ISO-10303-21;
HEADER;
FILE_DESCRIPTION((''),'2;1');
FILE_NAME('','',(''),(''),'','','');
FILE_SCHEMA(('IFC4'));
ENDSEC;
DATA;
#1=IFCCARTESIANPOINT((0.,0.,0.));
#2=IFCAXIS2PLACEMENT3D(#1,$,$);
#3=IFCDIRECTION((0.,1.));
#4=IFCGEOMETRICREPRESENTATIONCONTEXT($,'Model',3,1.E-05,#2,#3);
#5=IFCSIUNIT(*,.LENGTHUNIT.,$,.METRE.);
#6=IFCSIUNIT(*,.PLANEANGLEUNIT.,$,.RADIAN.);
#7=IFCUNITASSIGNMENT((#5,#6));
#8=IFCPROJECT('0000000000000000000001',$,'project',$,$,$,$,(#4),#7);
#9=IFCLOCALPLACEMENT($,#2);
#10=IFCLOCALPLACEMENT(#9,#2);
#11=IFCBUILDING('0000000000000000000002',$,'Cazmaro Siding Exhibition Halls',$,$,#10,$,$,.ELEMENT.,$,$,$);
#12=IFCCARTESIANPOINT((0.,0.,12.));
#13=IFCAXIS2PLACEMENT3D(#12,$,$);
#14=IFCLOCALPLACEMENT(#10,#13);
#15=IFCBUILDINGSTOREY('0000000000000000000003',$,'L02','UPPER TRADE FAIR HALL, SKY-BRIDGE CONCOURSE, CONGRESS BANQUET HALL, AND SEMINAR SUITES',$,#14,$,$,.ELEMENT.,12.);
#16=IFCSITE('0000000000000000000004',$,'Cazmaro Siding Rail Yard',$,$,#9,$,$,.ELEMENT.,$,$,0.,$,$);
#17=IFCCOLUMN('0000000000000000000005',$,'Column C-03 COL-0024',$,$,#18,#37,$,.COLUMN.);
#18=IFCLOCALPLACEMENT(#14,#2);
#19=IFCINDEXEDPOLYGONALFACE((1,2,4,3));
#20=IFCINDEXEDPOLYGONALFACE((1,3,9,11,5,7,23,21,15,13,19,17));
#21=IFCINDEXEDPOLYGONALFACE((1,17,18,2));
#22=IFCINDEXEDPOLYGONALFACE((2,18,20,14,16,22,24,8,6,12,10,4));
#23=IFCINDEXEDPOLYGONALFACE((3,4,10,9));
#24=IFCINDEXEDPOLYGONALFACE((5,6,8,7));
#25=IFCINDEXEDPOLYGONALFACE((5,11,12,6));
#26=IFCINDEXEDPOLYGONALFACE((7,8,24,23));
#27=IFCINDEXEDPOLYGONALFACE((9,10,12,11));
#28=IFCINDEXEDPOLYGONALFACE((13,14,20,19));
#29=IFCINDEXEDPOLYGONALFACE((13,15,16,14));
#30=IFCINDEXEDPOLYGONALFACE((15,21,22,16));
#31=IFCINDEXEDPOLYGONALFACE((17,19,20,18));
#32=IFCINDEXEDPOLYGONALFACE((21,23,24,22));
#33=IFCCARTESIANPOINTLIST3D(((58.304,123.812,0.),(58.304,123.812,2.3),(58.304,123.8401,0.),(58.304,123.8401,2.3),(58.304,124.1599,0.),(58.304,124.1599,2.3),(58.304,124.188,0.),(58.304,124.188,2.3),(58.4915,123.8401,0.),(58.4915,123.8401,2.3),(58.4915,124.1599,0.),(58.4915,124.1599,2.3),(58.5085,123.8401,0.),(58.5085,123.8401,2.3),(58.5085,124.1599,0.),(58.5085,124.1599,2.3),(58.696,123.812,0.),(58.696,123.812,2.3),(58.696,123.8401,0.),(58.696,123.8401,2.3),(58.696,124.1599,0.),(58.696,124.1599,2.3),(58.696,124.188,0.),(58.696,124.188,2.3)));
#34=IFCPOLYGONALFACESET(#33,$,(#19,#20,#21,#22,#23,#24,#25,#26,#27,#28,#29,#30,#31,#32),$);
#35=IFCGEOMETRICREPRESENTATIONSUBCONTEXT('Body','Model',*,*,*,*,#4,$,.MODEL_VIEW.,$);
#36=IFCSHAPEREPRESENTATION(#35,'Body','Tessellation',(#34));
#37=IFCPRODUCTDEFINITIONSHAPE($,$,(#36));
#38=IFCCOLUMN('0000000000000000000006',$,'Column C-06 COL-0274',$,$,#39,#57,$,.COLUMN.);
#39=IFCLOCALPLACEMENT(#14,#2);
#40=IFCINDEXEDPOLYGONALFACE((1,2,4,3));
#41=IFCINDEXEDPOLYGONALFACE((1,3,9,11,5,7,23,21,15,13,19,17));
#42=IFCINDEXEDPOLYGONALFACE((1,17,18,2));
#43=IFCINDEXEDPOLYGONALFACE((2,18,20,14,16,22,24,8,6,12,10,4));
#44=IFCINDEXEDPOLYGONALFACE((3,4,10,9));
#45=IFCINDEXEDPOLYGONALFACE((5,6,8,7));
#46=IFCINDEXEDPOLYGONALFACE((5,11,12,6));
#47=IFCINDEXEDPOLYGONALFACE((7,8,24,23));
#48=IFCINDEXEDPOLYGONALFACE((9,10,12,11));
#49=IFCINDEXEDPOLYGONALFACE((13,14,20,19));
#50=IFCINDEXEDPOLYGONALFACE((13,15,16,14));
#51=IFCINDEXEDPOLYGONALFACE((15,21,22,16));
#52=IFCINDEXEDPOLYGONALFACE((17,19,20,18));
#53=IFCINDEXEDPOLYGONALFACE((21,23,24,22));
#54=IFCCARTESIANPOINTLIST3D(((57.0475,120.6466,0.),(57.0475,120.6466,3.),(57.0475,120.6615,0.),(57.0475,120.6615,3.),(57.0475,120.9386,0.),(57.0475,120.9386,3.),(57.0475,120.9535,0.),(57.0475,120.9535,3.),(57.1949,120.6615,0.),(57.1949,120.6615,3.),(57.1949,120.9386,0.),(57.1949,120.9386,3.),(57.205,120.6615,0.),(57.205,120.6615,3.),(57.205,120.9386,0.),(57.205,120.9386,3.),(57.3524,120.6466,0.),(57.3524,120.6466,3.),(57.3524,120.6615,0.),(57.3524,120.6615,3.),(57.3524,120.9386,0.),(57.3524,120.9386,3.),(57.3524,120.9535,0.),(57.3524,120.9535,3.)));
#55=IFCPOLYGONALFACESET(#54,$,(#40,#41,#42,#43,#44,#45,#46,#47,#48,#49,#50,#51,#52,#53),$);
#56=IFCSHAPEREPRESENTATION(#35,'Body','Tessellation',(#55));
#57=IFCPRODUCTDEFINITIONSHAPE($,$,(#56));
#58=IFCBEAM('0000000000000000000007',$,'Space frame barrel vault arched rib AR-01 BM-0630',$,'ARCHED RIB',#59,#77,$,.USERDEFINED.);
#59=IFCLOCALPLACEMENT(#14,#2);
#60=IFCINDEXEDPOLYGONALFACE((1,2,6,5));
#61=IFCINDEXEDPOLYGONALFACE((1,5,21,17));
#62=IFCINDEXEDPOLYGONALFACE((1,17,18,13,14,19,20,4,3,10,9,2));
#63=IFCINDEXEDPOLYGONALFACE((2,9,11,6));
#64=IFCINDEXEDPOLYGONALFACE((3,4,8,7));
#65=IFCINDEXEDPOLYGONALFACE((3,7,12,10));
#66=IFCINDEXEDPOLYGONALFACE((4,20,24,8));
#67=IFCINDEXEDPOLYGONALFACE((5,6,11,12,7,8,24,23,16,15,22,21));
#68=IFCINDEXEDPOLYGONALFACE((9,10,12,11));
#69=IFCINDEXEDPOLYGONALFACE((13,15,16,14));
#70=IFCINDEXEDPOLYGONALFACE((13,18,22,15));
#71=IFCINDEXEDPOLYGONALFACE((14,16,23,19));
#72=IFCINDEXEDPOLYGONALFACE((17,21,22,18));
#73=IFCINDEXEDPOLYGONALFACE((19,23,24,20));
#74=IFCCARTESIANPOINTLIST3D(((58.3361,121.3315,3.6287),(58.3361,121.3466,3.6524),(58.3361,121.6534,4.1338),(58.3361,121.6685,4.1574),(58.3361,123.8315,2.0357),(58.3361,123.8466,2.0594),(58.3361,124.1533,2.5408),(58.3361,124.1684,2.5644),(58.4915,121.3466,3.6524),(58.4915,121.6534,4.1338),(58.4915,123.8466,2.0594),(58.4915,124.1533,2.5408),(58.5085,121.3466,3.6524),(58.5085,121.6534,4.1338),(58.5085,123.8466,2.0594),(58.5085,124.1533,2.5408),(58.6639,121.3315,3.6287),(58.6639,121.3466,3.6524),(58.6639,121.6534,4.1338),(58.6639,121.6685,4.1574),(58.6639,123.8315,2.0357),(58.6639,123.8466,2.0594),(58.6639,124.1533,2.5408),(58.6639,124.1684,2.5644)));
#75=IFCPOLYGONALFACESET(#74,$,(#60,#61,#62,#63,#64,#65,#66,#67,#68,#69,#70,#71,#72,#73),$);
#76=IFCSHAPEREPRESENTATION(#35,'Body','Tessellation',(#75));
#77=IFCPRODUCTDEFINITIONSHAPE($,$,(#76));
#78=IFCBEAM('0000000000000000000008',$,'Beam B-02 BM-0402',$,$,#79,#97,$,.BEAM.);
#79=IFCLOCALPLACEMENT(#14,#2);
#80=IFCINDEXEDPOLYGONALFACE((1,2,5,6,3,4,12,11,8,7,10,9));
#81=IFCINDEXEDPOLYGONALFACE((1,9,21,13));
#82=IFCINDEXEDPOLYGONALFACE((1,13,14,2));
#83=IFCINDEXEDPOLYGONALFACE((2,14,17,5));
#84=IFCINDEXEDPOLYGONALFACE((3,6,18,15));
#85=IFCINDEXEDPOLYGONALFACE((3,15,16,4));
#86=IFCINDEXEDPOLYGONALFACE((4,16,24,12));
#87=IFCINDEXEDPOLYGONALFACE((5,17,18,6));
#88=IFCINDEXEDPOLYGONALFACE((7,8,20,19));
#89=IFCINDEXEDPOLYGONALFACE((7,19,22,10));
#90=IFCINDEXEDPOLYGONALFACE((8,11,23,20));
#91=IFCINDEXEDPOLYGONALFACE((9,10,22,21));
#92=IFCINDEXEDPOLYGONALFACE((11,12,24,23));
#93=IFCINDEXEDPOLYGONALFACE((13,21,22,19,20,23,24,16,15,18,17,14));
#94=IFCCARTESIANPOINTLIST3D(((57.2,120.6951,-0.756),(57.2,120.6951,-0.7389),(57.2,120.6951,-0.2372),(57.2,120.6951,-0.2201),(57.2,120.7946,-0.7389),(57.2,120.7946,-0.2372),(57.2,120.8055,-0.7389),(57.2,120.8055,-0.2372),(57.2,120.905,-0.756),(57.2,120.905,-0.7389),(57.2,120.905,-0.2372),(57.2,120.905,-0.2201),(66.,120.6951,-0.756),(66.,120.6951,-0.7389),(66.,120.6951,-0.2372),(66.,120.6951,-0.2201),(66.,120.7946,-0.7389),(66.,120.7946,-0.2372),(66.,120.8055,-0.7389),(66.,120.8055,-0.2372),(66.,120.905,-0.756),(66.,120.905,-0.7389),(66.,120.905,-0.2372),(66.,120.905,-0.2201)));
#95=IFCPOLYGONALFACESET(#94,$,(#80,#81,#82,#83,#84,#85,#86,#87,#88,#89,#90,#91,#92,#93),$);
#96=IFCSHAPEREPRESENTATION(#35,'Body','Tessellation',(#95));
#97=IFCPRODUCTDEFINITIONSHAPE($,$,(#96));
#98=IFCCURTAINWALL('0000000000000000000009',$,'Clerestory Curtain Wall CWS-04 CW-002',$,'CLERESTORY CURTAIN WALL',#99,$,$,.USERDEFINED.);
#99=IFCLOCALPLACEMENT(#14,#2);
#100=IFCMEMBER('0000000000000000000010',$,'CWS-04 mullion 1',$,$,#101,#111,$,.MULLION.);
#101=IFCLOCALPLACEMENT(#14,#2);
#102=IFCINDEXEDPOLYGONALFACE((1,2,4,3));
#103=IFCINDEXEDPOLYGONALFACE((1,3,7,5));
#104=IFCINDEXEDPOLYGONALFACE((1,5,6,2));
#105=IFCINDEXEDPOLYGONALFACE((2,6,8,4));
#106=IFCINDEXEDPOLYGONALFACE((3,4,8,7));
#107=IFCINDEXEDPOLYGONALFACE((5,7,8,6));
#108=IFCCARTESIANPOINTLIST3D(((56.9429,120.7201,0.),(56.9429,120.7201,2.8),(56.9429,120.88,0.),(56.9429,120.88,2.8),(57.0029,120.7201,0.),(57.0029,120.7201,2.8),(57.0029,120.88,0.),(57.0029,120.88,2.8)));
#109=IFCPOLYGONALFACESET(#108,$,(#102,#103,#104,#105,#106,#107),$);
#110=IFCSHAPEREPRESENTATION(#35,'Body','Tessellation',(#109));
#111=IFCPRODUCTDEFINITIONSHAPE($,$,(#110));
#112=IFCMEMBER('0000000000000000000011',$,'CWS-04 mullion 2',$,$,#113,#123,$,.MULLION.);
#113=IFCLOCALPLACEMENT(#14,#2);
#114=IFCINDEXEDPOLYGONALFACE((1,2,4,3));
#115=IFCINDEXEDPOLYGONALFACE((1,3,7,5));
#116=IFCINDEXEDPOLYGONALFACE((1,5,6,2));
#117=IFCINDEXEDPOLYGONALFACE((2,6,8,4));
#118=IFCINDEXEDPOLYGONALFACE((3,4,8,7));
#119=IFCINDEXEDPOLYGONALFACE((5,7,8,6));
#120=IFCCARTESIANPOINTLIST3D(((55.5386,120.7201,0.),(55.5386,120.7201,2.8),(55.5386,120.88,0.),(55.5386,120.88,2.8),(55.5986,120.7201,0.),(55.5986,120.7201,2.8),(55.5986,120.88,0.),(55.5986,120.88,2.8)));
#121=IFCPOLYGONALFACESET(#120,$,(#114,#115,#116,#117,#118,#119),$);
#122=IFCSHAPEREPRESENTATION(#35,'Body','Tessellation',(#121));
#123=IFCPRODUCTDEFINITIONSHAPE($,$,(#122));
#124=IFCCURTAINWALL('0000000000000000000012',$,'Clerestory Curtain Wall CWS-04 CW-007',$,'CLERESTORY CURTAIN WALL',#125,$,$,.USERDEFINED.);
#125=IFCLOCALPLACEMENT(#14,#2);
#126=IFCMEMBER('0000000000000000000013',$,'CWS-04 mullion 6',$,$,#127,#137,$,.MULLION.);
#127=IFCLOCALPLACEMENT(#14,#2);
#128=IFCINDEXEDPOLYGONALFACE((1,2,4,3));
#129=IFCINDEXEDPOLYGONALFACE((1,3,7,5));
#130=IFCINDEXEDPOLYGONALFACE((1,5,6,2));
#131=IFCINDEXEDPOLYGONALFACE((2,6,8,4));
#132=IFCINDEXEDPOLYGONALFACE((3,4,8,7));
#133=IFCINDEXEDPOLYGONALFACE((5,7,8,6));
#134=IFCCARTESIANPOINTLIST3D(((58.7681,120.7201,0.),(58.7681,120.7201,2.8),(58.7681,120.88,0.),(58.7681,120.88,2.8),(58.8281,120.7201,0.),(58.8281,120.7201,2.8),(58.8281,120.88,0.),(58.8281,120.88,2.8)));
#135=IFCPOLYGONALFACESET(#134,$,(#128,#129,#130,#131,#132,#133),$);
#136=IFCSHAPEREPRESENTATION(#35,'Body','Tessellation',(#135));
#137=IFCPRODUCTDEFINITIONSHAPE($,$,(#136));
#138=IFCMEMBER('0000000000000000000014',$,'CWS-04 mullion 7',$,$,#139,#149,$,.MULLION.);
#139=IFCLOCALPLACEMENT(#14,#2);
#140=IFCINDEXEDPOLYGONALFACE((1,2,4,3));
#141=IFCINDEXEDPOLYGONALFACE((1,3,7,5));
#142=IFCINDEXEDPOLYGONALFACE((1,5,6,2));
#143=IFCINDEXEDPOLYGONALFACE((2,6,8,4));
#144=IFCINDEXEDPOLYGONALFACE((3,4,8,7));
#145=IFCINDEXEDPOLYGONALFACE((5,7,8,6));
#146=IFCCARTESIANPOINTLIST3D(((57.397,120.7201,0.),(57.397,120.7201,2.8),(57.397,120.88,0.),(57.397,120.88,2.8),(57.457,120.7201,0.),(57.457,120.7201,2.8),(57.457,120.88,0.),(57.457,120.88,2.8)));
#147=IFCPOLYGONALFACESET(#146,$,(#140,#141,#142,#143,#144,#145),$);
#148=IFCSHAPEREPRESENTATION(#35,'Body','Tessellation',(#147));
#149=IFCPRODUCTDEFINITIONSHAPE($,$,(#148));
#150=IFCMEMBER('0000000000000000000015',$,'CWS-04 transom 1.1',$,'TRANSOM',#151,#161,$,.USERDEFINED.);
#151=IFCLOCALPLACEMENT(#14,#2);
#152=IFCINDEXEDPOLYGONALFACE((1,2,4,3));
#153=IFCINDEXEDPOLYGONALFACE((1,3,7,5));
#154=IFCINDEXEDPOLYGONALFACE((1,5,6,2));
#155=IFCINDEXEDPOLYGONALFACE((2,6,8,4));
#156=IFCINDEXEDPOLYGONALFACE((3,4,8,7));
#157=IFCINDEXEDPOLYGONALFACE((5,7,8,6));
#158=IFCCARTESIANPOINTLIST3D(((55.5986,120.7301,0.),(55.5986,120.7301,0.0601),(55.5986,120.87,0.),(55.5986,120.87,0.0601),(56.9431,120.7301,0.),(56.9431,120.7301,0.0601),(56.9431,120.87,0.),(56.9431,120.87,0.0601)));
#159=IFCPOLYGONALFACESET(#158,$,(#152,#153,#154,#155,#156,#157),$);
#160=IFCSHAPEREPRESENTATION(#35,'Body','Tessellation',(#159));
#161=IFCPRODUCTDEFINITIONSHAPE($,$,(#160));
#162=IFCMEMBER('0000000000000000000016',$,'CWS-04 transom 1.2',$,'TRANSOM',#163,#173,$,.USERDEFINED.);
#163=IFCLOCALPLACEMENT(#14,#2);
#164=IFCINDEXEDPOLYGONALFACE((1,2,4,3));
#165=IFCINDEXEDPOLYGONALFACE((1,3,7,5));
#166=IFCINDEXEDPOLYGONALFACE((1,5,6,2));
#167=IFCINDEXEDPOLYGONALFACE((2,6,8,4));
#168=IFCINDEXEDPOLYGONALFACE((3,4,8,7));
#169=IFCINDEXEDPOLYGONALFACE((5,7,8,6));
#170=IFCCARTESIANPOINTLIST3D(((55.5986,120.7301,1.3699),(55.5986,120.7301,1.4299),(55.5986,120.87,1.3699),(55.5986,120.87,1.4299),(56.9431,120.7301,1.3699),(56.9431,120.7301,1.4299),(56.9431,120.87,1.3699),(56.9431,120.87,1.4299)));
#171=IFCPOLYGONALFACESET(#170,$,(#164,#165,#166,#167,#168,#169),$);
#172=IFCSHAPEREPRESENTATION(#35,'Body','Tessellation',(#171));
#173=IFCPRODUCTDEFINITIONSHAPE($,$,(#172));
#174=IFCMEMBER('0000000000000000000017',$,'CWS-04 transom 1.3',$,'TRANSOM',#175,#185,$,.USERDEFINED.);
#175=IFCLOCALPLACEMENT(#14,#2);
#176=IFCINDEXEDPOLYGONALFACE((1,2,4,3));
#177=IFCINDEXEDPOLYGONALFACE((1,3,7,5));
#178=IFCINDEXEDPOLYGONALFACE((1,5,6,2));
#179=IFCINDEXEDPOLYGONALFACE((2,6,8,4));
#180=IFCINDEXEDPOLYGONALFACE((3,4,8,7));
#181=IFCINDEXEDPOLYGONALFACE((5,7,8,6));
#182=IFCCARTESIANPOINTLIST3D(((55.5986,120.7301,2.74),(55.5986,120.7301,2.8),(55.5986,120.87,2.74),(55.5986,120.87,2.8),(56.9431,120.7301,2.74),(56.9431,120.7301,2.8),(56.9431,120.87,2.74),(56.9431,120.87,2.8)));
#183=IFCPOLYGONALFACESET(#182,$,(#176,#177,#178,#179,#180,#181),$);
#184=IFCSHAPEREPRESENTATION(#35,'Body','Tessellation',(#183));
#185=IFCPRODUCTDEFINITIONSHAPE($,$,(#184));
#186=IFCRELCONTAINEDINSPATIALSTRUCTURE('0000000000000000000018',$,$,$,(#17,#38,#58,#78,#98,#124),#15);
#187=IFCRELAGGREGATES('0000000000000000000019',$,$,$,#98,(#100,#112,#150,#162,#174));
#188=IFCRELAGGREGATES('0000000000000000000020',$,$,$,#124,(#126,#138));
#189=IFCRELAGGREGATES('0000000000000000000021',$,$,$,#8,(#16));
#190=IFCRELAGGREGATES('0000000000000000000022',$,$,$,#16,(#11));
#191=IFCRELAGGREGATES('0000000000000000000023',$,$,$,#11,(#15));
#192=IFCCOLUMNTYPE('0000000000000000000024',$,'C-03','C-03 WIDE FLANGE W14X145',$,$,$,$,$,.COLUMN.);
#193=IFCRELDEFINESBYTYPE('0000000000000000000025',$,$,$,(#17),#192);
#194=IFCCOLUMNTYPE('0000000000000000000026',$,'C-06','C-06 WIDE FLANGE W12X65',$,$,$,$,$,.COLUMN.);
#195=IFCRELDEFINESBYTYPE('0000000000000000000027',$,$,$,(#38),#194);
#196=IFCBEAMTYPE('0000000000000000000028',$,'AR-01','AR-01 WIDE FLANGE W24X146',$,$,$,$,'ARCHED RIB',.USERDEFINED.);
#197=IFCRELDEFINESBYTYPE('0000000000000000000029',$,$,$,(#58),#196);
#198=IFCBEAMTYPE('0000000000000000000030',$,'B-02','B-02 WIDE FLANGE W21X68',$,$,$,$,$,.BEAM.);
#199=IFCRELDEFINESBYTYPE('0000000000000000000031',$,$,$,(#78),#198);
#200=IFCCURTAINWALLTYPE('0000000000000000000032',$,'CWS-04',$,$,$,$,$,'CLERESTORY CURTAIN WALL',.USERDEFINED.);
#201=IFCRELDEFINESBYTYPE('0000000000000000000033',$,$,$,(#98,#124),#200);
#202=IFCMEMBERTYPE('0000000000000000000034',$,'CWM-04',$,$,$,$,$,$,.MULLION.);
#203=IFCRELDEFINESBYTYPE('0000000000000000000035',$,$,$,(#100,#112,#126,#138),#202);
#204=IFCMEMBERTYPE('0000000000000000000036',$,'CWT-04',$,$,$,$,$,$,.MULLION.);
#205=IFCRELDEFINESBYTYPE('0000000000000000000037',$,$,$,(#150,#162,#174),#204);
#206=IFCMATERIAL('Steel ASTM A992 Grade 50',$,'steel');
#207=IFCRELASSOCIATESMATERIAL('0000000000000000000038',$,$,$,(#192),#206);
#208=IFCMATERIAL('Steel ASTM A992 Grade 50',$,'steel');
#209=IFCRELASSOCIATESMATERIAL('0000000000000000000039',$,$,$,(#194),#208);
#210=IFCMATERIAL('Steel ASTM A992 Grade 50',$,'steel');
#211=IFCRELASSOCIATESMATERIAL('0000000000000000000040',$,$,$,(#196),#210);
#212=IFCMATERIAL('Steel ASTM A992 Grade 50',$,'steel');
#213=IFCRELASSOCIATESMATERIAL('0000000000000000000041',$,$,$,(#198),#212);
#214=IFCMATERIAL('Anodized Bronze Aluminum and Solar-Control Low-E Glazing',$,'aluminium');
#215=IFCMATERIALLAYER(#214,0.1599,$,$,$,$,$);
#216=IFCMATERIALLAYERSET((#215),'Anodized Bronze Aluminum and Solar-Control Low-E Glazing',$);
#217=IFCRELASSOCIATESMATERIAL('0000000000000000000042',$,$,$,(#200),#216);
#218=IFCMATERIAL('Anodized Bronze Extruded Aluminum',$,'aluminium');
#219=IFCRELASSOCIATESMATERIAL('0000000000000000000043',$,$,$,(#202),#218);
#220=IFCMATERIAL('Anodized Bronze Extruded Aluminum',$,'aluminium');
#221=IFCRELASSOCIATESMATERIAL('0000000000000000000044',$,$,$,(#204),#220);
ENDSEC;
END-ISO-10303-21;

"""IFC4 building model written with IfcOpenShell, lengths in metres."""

from ifc_helpers import new_model, si_unit, direction, frame, origin, origin_2d, place, context, subcontext, project, spatial, rectangle, i_section, extrude, material, layer, layer_set, material_profile, profile_set, type_object, element, aggregate, save


model = new_model("IFC4")

# Units and contexts
model_context = context("Model", 3, precision=1e-05, world=origin(), true_north=direction((0.0, 1.0)))
body_context = subcontext(model_context, "Body", "Model", "MODEL_VIEW")
ifc_project = project(units=[si_unit("LENGTHUNIT", "METRE"), si_unit("PLANEANGLEUNIT", "RADIAN")], contexts=[model_context])

# Site, building, storey
site_placement = place(None, origin())
site = spatial("IfcSite", under=ifc_project, at=site_placement, Name="Cazmaro Siding Rail Yard", CompositionType="ELEMENT", RefElevation=0.0)
building_placement = place(site_placement, origin())
building = spatial("IfcBuilding", under=site, at=building_placement, Name="Cazmaro Siding Exhibition Halls", CompositionType="ELEMENT")
storey_placement = place(building_placement, frame((0.0, 0.0, 12.0)))
storey = spatial("IfcBuildingStorey", under=building, at=storey_placement, Name="L02", Description="UPPER TRADE FAIR HALL, SKY-BRIDGE CONCOURSE, CONGRESS BANQUET HALL, AND SEMINAR SUITES", CompositionType="ELEMENT", Elevation=12.0)

# Columns
ifc_material_1 = material(Name="Steel ASTM A992 Grade 50", Category="steel")
ifc_material_profile_1 = material_profile(ifc_material_1, i_section(OverallWidth=0.3921, OverallDepth=0.376, WebThickness=0.0171, FlangeThickness=0.0281, at=origin_2d()), Name="W14X145")
ifc_profile_set_1 = profile_set([ifc_material_profile_1], Name="Steel ASTM A992 Grade 50")
column_type_1 = type_object("IfcColumnType", Name="C-03", Description="C-03 WIDE FLANGE W14X145", PredefinedType="COLUMN", material=ifc_profile_set_1)
column_1_placement = place(storey_placement, frame((58.5, 124.0, 0.0), z_axis=(0.0, 0.0, 1.0), x_axis=(1.0, 0.0, 0.0)))
element("IfcColumn", 1, at=column_1_placement, inside=storey, type_object=column_type_1, Name="Column C-03 COL-0024", PredefinedType="COLUMN", context=body_context, shape_type="SweptSolid", body=[
    extrude(i_section(OverallWidth=0.3921, OverallDepth=0.376, WebThickness=0.0171, FlangeThickness=0.0281, at=origin_2d()), origin(), (0.0, 0.0, 1.0), 2.3),
])
ifc_material_2 = material(Name="Steel ASTM A992 Grade 50", Category="steel")
ifc_material_profile_2 = material_profile(ifc_material_2, i_section(OverallWidth=0.3049, OverallDepth=0.3069, WebThickness=0.01, FlangeThickness=0.0149, at=origin_2d()), Name="W12X65")
ifc_profile_set_2 = profile_set([ifc_material_profile_2], Name="Steel ASTM A992 Grade 50")
column_type_2 = type_object("IfcColumnType", Name="C-06", Description="C-06 WIDE FLANGE W12X65", PredefinedType="COLUMN", material=ifc_profile_set_2)
column_2_placement = place(storey_placement, frame((57.2, 120.8, 0.0), z_axis=(0.0, 0.0, 1.0), x_axis=(1.0, 0.0, 0.0)))
element("IfcColumn", 2, at=column_2_placement, inside=storey, type_object=column_type_2, Name="Column C-06 COL-0274", PredefinedType="COLUMN", context=body_context, shape_type="SweptSolid", body=[
    extrude(i_section(OverallWidth=0.3049, OverallDepth=0.3069, WebThickness=0.01, FlangeThickness=0.0149, at=origin_2d()), origin(), (0.0, 0.0, 1.0), 3.0),
])

# Beams
ifc_material_3 = material(Name="Steel ASTM A992 Grade 50", Category="steel")
ifc_material_profile_3 = material_profile(ifc_material_3, i_section(OverallWidth=0.3279, OverallDepth=0.627, WebThickness=0.0171, FlangeThickness=0.0281, at=origin_2d()), Name="W24X146")
ifc_profile_set_3 = profile_set([ifc_material_profile_3], Name="Steel ASTM A992 Grade 50")
beam_type_1 = type_object("IfcBeamType", Name="AR-01", Description="AR-01 WIDE FLANGE W24X146", ElementType="ARCHED RIB", PredefinedType="USERDEFINED", material=ifc_profile_set_3)
beam_1_placement = place(storey_placement, frame((58.5, 121.5, 3.8931), z_axis=(0.0, 0.843339, -0.537382), x_axis=(-1.0, 0.0, 0.0)))
element("IfcBeam", 3, at=beam_1_placement, inside=storey, type_object=beam_type_1, Name="Space frame barrel vault arched rib AR-01 BM-0630", ObjectType="ARCHED RIB", PredefinedType="USERDEFINED", context=body_context, shape_type="SweptSolid", body=[
    extrude(i_section(OverallWidth=0.3279, OverallDepth=0.627, WebThickness=0.0171, FlangeThickness=0.0281, at=origin_2d()), origin(), (0.0, 0.0, 1.0), 2.9644),
])
ifc_material_4 = material(Name="Steel ASTM A992 Grade 50", Category="steel")
ifc_material_profile_4 = material_profile(ifc_material_4, i_section(OverallWidth=0.21, OverallDepth=0.5359, WebThickness=0.011, FlangeThickness=0.0171, at=origin_2d()), Name="W21X68")
ifc_profile_set_4 = profile_set([ifc_material_profile_4], Name="Steel ASTM A992 Grade 50")
beam_type_2 = type_object("IfcBeamType", Name="B-02", Description="B-02 WIDE FLANGE W21X68", PredefinedType="BEAM", material=ifc_profile_set_4)
beam_2_placement = place(storey_placement, frame((57.2, 120.8, -0.488), z_axis=(1.0, 0.0, 0.0), x_axis=(0.0, 1.0, 0.0)))
element("IfcBeam", 4, at=beam_2_placement, inside=storey, type_object=beam_type_2, Name="Beam B-02 BM-0402", PredefinedType="BEAM", context=body_context, shape_type="SweptSolid", body=[
    extrude(i_section(OverallWidth=0.21, OverallDepth=0.5359, WebThickness=0.011, FlangeThickness=0.0171, at=origin_2d()), origin(), (0.0, 0.0, 1.0), 8.8),
])

# Curtain walls, members
ifc_material_5 = material(Name="Anodized Bronze Aluminum and Solar-Control Low-E Glazing", Category="aluminium")
ifc_layer_1 = layer(ifc_material_5, 0.1599)
ifc_layer_set_1 = layer_set([ifc_layer_1], Name="Anodized Bronze Aluminum and Solar-Control Low-E Glazing")
curtain_wall_type = type_object("IfcCurtainWallType", Name="CWS-04", ElementType="CLERESTORY CURTAIN WALL", PredefinedType="USERDEFINED", material=ifc_layer_set_1)
curtain_wall_1_placement = place(storey_placement, origin())
curtain_wall_1 = element("IfcCurtainWall", 5, at=curtain_wall_1_placement, inside=storey, type_object=curtain_wall_type, Name="Clerestory Curtain Wall CWS-04 CW-002", ObjectType="CLERESTORY CURTAIN WALL", PredefinedType="USERDEFINED")
ifc_material_6 = material(Name="Anodized Bronze Extruded Aluminum", Category="aluminium")
ifc_material_profile_5 = material_profile(ifc_material_6, rectangle(XDim=0.1599, YDim=0.0601, at=origin_2d()), Name="CWM-04")
ifc_profile_set_5 = profile_set([ifc_material_profile_5], Name="Anodized Bronze Extruded Aluminum")
member_type_1 = type_object("IfcMemberType", Name="CWM-04", PredefinedType="MULLION", material=ifc_profile_set_5)
member_1_placement = place(storey_placement, frame((56.9729, 120.8, 0.0), z_axis=(0.0, 0.0, 1.0), x_axis=(0.0, -1.0, 0.0)))
member_1 = element("IfcMember", 6, at=member_1_placement, type_object=member_type_1, Name="CWS-04 mullion 1", PredefinedType="MULLION", context=body_context, shape_type="SweptSolid", body=[
    extrude(rectangle(XDim=0.1599, YDim=0.0601, at=origin_2d()), origin(), (0.0, 0.0, 1.0), 2.8),
])
member_2_placement = place(storey_placement, frame((55.5686, 120.8, 0.0), z_axis=(0.0, 0.0, 1.0), x_axis=(0.0, -1.0, 0.0)))
member_2 = element("IfcMember", 7, at=member_2_placement, type_object=member_type_1, Name="CWS-04 mullion 2", PredefinedType="MULLION", context=body_context, shape_type="SweptSolid", body=[
    extrude(rectangle(XDim=0.1599, YDim=0.0601, at=origin_2d()), origin(), (0.0, 0.0, 1.0), 2.8),
])
curtain_wall_2_placement = place(storey_placement, origin())
curtain_wall_2 = element("IfcCurtainWall", 8, at=curtain_wall_2_placement, inside=storey, type_object=curtain_wall_type, Name="Clerestory Curtain Wall CWS-04 CW-007", ObjectType="CLERESTORY CURTAIN WALL", PredefinedType="USERDEFINED")
member_3_placement = place(storey_placement, frame((58.7981, 120.8, 0.0), z_axis=(0.0, 0.0, 1.0), x_axis=(0.0, -1.0, 0.0)))
member_3 = element("IfcMember", 9, at=member_3_placement, type_object=member_type_1, Name="CWS-04 mullion 6", PredefinedType="MULLION", context=body_context, shape_type="SweptSolid", body=[
    extrude(rectangle(XDim=0.1599, YDim=0.0601, at=origin_2d()), origin(), (0.0, 0.0, 1.0), 2.8),
])
member_4_placement = place(storey_placement, frame((57.427, 120.8, 0.0), z_axis=(0.0, 0.0, 1.0), x_axis=(0.0, -1.0, 0.0)))
member_4 = element("IfcMember", 10, at=member_4_placement, type_object=member_type_1, Name="CWS-04 mullion 7", PredefinedType="MULLION", context=body_context, shape_type="SweptSolid", body=[
    extrude(rectangle(XDim=0.1599, YDim=0.0601, at=origin_2d()), origin(), (0.0, 0.0, 1.0), 2.8),
])

# Members
ifc_material_7 = material(Name="Anodized Bronze Extruded Aluminum", Category="aluminium")
ifc_material_profile_6 = material_profile(ifc_material_7, rectangle(XDim=0.1399, YDim=0.0601, at=origin_2d()), Name="CWT-04")
ifc_profile_set_6 = profile_set([ifc_material_profile_6], Name="Anodized Bronze Extruded Aluminum")
member_type_2 = type_object("IfcMemberType", Name="CWT-04", PredefinedType="MULLION", material=ifc_profile_set_6)
member_5_placement = place(storey_placement, frame((56.9431, 120.8, 0.03), z_axis=(-1.0, 0.0, 0.0), x_axis=(0.0, -1.0, 0.0)))
member_5 = element("IfcMember", 11, at=member_5_placement, type_object=member_type_2, Name="CWS-04 transom 1.1", ObjectType="TRANSOM", PredefinedType="USERDEFINED", context=body_context, shape_type="SweptSolid", body=[
    extrude(rectangle(XDim=0.1399, YDim=0.0601, at=origin_2d()), origin(), (0.0, 0.0, 1.0), 1.3445),
])
member_6_placement = place(storey_placement, frame((56.9431, 120.8, 1.3999), z_axis=(-1.0, 0.0, 0.0), x_axis=(0.0, -1.0, 0.0)))
member_6 = element("IfcMember", 12, at=member_6_placement, type_object=member_type_2, Name="CWS-04 transom 1.2", ObjectType="TRANSOM", PredefinedType="USERDEFINED", context=body_context, shape_type="SweptSolid", body=[
    extrude(rectangle(XDim=0.1399, YDim=0.0601, at=origin_2d()), origin(), (0.0, 0.0, 1.0), 1.3445),
])
member_7_placement = place(storey_placement, frame((56.9431, 120.8, 2.77), z_axis=(-1.0, 0.0, 0.0), x_axis=(0.0, -1.0, 0.0)))
member_7 = element("IfcMember", 13, at=member_7_placement, type_object=member_type_2, Name="CWS-04 transom 1.3", ObjectType="TRANSOM", PredefinedType="USERDEFINED", context=body_context, shape_type="SweptSolid", body=[
    extrude(rectangle(XDim=0.1399, YDim=0.0601, at=origin_2d()), origin(), (0.0, 0.0, 1.0), 1.3445),
])

aggregate(curtain_wall_1, [member_1, member_2, member_5, member_6, member_7])
aggregate(curtain_wall_2, [member_3, member_4])

save(model, "model.ifc")
